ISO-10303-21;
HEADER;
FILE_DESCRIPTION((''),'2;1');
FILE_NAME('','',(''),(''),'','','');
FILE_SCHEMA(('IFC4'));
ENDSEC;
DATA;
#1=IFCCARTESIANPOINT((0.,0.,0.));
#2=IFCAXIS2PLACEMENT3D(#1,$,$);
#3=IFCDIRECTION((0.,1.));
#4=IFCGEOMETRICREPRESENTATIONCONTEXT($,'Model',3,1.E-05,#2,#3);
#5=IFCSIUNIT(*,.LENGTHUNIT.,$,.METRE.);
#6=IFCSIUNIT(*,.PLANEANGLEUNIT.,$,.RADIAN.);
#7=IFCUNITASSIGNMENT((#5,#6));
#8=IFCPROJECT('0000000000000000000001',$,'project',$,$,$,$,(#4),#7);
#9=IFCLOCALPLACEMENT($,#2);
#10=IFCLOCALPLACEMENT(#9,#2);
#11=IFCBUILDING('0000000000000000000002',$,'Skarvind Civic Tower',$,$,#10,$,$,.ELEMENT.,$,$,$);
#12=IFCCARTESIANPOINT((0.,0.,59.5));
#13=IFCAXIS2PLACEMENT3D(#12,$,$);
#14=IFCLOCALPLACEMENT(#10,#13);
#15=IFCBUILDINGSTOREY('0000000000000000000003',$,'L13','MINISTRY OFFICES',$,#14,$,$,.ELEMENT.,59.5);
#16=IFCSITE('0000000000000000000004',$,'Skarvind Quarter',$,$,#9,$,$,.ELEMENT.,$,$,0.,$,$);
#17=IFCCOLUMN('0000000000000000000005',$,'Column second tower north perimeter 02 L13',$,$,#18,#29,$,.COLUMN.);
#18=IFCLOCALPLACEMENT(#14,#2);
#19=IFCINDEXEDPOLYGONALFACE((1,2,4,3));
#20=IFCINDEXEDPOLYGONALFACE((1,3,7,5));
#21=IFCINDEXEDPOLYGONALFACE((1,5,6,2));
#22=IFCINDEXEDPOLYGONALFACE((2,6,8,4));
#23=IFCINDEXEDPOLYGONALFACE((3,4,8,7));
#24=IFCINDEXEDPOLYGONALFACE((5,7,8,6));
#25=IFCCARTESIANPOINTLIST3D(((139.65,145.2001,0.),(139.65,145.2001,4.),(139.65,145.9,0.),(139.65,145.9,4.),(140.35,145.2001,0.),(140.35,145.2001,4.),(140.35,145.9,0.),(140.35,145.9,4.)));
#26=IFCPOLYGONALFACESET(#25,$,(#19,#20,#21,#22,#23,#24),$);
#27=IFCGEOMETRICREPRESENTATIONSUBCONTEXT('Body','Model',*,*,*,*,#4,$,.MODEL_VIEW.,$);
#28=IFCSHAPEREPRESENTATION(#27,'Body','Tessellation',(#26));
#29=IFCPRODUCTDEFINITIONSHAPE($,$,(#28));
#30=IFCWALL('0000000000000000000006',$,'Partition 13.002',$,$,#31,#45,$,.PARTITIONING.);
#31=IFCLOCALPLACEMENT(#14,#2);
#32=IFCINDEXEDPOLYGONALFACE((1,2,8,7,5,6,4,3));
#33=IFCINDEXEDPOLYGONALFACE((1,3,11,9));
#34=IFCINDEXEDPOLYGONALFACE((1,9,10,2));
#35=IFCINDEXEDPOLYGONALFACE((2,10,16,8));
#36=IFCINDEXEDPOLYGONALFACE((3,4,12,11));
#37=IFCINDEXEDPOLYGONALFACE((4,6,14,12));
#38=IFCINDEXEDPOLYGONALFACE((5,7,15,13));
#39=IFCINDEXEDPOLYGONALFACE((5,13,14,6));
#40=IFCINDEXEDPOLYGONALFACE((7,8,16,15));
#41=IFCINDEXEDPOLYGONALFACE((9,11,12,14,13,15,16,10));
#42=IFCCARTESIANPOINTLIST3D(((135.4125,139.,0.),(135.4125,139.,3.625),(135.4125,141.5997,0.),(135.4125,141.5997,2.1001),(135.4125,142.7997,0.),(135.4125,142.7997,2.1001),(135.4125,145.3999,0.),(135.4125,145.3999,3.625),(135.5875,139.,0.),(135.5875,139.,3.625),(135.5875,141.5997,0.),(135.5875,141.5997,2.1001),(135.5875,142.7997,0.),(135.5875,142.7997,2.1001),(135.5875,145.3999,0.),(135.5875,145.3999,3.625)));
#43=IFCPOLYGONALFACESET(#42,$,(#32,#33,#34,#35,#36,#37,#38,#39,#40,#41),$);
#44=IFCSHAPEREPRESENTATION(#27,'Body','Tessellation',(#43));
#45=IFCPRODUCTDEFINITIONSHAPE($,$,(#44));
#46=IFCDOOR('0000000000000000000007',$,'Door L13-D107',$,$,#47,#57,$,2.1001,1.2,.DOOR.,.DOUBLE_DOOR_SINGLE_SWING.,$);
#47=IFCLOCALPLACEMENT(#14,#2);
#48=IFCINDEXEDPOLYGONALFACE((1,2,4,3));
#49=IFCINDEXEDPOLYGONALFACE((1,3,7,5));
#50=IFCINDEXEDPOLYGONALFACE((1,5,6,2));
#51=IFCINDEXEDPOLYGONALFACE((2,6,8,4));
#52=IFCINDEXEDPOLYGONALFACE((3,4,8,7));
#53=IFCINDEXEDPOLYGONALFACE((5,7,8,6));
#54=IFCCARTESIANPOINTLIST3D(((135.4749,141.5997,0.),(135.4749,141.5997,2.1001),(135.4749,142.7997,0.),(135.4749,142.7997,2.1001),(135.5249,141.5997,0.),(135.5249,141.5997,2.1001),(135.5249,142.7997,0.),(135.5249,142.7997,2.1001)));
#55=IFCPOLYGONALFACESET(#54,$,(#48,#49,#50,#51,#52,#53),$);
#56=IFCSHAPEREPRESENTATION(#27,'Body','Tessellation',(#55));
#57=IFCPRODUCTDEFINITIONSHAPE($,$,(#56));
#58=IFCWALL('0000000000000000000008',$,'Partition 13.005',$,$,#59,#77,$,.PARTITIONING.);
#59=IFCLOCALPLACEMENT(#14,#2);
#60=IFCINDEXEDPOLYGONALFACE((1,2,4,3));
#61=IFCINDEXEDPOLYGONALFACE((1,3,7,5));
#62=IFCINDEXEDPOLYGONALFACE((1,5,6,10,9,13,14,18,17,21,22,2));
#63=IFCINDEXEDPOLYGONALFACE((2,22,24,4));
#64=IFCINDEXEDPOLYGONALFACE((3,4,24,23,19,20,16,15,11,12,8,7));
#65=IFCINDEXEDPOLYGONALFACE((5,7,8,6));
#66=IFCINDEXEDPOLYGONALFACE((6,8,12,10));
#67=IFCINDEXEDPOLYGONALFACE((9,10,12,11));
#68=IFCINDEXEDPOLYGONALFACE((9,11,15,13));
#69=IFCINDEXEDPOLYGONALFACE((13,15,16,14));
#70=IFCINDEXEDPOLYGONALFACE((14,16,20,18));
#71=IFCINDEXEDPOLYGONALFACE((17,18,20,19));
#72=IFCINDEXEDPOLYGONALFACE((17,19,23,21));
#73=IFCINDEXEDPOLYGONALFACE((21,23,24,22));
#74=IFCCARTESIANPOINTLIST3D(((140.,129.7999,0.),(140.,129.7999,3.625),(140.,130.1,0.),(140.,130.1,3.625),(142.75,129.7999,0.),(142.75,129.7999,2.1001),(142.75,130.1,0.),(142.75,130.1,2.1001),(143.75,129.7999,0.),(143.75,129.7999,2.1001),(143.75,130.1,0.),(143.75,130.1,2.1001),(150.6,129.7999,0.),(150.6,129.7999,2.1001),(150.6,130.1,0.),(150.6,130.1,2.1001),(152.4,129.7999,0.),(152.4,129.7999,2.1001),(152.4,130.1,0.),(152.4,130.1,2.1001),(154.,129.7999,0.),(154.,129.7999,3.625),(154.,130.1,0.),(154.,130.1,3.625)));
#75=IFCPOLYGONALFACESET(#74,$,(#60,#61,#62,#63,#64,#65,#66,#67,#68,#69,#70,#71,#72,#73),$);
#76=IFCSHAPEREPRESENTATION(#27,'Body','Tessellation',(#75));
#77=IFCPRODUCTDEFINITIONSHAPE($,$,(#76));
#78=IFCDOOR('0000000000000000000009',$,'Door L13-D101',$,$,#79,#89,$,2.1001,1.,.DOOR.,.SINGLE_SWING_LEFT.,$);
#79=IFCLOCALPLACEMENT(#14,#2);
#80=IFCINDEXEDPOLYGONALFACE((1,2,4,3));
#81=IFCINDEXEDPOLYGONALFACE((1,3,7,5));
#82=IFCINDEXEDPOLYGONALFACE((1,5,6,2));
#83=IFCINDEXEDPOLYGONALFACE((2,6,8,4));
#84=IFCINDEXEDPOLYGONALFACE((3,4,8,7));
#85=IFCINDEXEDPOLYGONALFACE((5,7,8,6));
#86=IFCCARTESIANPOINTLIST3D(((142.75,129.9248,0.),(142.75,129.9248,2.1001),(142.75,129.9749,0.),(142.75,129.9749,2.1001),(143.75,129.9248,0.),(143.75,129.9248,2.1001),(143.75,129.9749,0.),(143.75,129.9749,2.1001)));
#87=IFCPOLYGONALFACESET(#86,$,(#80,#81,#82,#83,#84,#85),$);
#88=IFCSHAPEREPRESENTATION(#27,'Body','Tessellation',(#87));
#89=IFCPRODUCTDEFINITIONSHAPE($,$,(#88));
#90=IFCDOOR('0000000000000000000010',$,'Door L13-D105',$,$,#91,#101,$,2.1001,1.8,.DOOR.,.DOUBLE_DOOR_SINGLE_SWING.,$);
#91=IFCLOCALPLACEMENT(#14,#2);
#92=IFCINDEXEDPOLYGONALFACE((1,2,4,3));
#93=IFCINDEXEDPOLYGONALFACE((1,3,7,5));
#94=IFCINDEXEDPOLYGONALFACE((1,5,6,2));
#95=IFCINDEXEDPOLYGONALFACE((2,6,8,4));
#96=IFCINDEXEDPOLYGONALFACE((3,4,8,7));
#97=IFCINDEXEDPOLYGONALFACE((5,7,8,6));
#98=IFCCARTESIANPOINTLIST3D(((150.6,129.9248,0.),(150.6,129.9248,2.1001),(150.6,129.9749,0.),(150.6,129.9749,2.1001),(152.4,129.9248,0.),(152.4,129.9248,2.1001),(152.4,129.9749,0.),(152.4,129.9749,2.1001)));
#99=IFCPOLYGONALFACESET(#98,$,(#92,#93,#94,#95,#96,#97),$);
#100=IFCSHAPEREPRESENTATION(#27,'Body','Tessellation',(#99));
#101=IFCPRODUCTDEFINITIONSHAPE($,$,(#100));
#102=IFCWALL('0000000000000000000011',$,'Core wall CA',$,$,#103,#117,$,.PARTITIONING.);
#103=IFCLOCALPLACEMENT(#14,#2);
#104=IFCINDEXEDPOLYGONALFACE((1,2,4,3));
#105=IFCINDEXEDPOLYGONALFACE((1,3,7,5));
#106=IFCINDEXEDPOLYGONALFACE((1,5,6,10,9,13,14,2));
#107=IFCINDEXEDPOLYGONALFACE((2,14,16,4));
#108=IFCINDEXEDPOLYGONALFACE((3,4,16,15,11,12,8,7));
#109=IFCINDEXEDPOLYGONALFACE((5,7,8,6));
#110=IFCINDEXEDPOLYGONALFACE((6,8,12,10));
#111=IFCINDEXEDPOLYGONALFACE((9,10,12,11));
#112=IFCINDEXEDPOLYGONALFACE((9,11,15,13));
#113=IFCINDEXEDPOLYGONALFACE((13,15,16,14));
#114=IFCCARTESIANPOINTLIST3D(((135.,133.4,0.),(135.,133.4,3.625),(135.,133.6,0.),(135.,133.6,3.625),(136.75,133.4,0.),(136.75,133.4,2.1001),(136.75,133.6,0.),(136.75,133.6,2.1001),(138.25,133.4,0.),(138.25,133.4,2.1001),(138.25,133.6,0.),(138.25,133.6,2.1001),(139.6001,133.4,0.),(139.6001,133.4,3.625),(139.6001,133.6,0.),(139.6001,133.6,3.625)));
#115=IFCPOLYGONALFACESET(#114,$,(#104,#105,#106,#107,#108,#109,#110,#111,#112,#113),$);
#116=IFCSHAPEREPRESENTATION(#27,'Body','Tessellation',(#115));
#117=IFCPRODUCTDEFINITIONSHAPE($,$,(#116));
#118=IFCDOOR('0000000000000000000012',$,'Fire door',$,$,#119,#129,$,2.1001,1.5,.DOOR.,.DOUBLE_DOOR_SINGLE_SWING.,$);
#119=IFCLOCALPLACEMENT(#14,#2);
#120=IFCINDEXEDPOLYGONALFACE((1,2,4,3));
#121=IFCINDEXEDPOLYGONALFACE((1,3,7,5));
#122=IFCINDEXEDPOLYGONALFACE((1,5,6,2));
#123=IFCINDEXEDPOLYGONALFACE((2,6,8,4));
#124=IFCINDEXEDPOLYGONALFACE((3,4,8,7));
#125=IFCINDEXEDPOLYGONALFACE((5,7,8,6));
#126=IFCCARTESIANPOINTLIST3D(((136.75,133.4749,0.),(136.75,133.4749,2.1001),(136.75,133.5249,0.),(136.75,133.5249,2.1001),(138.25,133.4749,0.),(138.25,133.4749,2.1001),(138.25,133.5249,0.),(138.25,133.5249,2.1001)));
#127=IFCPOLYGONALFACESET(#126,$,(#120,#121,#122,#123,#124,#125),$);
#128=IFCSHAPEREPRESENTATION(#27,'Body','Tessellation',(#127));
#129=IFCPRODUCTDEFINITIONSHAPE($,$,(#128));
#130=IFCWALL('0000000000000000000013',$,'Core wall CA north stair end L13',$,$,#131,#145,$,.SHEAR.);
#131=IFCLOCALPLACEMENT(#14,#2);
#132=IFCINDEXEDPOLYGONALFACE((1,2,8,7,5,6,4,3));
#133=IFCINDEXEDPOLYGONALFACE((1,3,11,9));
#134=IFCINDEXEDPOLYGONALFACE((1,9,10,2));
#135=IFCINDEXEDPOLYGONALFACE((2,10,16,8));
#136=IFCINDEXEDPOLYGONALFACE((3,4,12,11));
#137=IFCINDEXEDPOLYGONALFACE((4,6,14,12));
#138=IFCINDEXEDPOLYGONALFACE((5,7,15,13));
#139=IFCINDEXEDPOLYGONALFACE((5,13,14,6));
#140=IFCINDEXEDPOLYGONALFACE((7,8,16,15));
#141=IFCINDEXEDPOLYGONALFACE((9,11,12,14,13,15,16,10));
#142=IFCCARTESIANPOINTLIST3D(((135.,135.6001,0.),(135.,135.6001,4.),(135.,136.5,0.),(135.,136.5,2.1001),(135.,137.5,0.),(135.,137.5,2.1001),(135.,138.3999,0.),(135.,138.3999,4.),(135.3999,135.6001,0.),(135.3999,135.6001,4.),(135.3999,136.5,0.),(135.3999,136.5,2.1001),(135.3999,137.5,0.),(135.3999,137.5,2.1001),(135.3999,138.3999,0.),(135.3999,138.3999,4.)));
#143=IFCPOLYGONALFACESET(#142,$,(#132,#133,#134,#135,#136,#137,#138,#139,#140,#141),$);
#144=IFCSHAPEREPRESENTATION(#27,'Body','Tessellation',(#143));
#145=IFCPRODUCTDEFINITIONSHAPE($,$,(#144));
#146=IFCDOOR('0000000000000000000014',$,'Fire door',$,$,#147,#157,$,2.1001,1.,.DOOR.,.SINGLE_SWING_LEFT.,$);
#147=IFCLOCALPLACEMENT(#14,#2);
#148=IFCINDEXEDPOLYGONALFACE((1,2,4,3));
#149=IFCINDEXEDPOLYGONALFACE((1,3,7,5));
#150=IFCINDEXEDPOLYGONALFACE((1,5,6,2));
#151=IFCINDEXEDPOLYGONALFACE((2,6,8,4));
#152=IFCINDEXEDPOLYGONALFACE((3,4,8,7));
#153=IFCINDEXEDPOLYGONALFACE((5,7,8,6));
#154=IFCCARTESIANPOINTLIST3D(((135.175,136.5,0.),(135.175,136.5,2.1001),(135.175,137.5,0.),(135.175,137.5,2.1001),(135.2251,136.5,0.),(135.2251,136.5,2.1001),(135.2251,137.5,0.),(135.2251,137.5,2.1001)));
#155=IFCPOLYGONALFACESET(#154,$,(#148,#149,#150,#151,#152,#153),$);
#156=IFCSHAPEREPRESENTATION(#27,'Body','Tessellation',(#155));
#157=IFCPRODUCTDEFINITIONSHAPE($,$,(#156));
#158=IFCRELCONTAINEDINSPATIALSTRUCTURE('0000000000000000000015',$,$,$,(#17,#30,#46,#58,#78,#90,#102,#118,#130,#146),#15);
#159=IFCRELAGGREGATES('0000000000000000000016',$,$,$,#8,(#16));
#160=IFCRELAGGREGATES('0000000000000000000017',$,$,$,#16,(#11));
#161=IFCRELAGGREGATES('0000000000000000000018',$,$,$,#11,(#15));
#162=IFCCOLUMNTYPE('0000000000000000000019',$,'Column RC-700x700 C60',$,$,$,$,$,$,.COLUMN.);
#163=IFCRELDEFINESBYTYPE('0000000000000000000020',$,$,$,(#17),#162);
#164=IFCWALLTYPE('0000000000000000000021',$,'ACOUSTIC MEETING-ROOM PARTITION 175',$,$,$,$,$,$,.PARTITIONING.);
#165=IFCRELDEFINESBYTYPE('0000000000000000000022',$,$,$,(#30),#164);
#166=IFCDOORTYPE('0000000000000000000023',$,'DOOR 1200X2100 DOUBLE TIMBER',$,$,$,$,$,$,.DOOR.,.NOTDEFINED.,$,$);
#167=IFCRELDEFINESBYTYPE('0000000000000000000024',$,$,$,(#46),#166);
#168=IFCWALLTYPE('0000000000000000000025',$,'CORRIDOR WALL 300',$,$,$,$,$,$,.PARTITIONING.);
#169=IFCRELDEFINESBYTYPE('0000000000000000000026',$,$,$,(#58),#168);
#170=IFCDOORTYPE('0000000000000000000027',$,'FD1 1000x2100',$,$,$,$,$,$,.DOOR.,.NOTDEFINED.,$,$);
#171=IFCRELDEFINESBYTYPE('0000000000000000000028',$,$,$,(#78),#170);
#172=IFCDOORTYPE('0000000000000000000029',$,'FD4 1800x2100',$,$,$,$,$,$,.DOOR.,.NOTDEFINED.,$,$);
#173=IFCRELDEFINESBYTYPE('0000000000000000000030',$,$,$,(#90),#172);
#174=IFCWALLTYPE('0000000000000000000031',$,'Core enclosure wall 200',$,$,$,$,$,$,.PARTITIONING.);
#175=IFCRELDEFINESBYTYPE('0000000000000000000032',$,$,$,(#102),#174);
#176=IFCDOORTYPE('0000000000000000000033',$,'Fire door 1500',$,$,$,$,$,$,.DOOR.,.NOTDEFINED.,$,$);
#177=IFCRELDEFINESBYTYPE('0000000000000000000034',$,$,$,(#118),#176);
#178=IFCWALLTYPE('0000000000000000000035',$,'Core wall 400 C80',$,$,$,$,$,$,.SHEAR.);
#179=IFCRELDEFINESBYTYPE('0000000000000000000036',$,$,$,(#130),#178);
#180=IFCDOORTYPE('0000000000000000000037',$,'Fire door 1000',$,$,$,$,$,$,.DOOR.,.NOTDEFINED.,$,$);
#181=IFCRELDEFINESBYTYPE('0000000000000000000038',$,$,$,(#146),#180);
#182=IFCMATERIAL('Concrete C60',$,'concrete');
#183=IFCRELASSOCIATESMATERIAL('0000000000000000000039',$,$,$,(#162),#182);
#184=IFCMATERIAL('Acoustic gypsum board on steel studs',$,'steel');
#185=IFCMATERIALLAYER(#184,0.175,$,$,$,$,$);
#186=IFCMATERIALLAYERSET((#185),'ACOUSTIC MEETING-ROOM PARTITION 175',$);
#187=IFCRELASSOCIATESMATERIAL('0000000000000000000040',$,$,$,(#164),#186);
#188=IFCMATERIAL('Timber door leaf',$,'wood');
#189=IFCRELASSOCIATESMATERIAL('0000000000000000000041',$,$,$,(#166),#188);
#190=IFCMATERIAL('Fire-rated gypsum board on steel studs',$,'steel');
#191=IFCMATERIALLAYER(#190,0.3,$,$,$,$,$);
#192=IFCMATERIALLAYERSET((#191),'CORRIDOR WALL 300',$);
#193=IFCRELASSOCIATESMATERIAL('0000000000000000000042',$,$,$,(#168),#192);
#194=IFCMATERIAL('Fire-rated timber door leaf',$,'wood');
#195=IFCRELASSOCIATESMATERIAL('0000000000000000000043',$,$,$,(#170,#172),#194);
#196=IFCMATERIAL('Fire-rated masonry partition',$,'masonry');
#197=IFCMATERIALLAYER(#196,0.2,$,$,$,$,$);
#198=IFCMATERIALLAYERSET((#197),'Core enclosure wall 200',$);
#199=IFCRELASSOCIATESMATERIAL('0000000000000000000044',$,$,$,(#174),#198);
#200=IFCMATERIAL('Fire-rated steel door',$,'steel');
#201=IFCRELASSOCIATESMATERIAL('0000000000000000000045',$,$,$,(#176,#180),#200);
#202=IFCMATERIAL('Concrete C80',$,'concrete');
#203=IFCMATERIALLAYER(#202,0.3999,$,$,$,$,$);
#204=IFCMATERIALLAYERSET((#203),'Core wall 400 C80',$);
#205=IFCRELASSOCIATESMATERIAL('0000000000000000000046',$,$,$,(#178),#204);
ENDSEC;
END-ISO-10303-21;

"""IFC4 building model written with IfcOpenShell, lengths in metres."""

from ifc_helpers import new_model, si_unit, direction, frame, frame_2d, origin, origin_2d, place, context, subcontext, project, spatial, rectangle, extrude, material, layer, layer_set, material_profile, profile_set, type_object, element, fill, save


model = new_model("IFC4")

# Units and contexts
model_context = context("Model", 3, precision=1e-05, world=origin(), true_north=direction((0.0, 1.0)))
body_context = subcontext(model_context, "Body", "Model", "MODEL_VIEW")
ifc_project = project(units=[si_unit("LENGTHUNIT", "METRE"), si_unit("PLANEANGLEUNIT", "RADIAN")], contexts=[model_context])

# Site, building, storey
site_placement = place(None, origin())
site = spatial("IfcSite", under=ifc_project, at=site_placement, Name="Skarvind Quarter", CompositionType="ELEMENT", RefElevation=0.0)
building_placement = place(site_placement, origin())
building = spatial("IfcBuilding", under=site, at=building_placement, Name="Skarvind Civic Tower", CompositionType="ELEMENT")
storey_placement = place(building_placement, frame((0.0, 0.0, 59.5)))
storey = spatial("IfcBuildingStorey", under=building, at=storey_placement, Name="L13", Description="MINISTRY OFFICES", CompositionType="ELEMENT", Elevation=59.5)

# Column
ifc_material_1 = material(Name="Concrete C60", Category="concrete")
ifc_material_profile = material_profile(ifc_material_1, rectangle(XDim=0.7, YDim=0.7, at=origin_2d()), Name="RC-700x700")
ifc_profile_set = profile_set([ifc_material_profile], Name="Concrete C60")
column_type = type_object("IfcColumnType", Name="Column RC-700x700 C60", PredefinedType="COLUMN", material=ifc_profile_set)
column_placement = place(storey_placement, frame((140.0, 145.55, 0.0), z_axis=(0.0, 0.0, 1.0), x_axis=(1.0, 0.0, 0.0)))
element("IfcColumn", 1, at=column_placement, inside=storey, type_object=column_type, Name="Column second tower north perimeter 02 L13", PredefinedType="COLUMN", context=body_context, shape_type="SweptSolid", body=[
    extrude(rectangle(XDim=0.7, YDim=0.7, at=origin_2d()), origin(), (0.0, 0.0, 1.0), 4.0),
])

# Wall, opening, door
ifc_material_2 = material(Name="Acoustic gypsum board on steel studs", Category="steel")
ifc_layer_1 = layer(ifc_material_2, 0.175)
ifc_layer_set_1 = layer_set([ifc_layer_1], Name="ACOUSTIC MEETING-ROOM PARTITION 175")
wall_type_1 = type_object("IfcWallType", Name="ACOUSTIC MEETING-ROOM PARTITION 175", PredefinedType="PARTITIONING", material=ifc_layer_set_1)
wall_1_placement = place(storey_placement, frame((135.5, 145.3999, 0.0), z_axis=(0.0, 0.0, 1.0), x_axis=(0.0, -1.0, 0.0)))
wall_1 = element("IfcWall", 2, at=wall_1_placement, inside=storey, type_object=wall_type_1, Name="Partition 13.002", PredefinedType="PARTITIONING", context=body_context, shape_type="SweptSolid", body=[
    extrude(rectangle(XDim=6.3999, YDim=0.175, at=frame_2d((3.2, 0.0))), origin(), (0.0, 0.0, 1.0), 3.625),
])
opening_1_placement = place(wall_1_placement, frame((2.6001, 0.0, 0.0)))
opening_1 = element("IfcOpeningElement", 3, at=opening_1_placement, cuts=wall_1, PredefinedType="OPENING", context=body_context, shape_type="SweptSolid", body=[
    extrude(rectangle(XDim=1.2, YDim=2.1001, at=frame_2d((0.6001, 1.05))), frame((0.0, 0.0974, 0.0), z_axis=(0.0, -1.0, 0.0), x_axis=(1.0, 0.0, 0.0)), (0.0, 0.0, 1.0), 0.1951),
])
ifc_material_3 = material(Name="Timber door leaf", Category="wood")
door_type_1 = type_object("IfcDoorType", Name="DOOR 1200X2100 DOUBLE TIMBER", OperationType="NOTDEFINED", PredefinedType="DOOR", material=ifc_material_3)
door_1_placement = place(opening_1_placement, origin())
door_1 = element("IfcDoor", 4, at=door_1_placement, inside=storey, type_object=door_type_1, Name="Door L13-D107", OperationType="DOUBLE_DOOR_SINGLE_SWING", OverallHeight=2.1001, OverallWidth=1.2, PredefinedType="DOOR", context=body_context, shape_type="SweptSolid", body=[
    extrude(rectangle(XDim=1.2, YDim=2.1001, at=frame_2d((0.6001, 1.05))), frame((0.0, 0.0249, 0.0), z_axis=(0.0, -1.0, 0.0), x_axis=(1.0, 0.0, 0.0)), (0.0, 0.0, 1.0), 0.05),
])
fill(opening_1, door_1)

# Wall, openings, doors
ifc_material_4 = material(Name="Fire-rated gypsum board on steel studs", Category="steel")
ifc_layer_2 = layer(ifc_material_4, 0.3)
ifc_layer_set_2 = layer_set([ifc_layer_2], Name="CORRIDOR WALL 300")
wall_type_2 = type_object("IfcWallType", Name="CORRIDOR WALL 300", PredefinedType="PARTITIONING", material=ifc_layer_set_2)
wall_2_placement = place(storey_placement, frame((140.0, 129.95, 0.0), z_axis=(0.0, 0.0, 1.0), x_axis=(1.0, 0.0, 0.0)))
wall_2 = element("IfcWall", 5, at=wall_2_placement, inside=storey, type_object=wall_type_2, Name="Partition 13.005", PredefinedType="PARTITIONING", context=body_context, shape_type="SweptSolid", body=[
    extrude(rectangle(XDim=14.0, YDim=0.3, at=frame_2d((7.0, 0.0))), origin(), (0.0, 0.0, 1.0), 3.625),
])
opening_2_placement = place(wall_2_placement, frame((2.75, 0.0, 0.0)))
opening_2 = element("IfcOpeningElement", 6, at=opening_2_placement, cuts=wall_2, PredefinedType="OPENING", context=body_context, shape_type="SweptSolid", body=[
    extrude(rectangle(XDim=1.0, YDim=2.1001, at=frame_2d((0.5, 1.05))), frame((0.0, 0.1599, 0.0), z_axis=(0.0, -1.0, 0.0), x_axis=(1.0, 0.0, 0.0)), (0.0, 0.0, 1.0), 0.3201),
])
opening_3_placement = place(wall_2_placement, frame((10.6001, 0.0, 0.0)))
opening_3 = element("IfcOpeningElement", 7, at=opening_3_placement, cuts=wall_2, PredefinedType="OPENING", context=body_context, shape_type="SweptSolid", body=[
    extrude(rectangle(XDim=1.8, YDim=2.1001, at=frame_2d((0.8999, 1.05))), frame((0.0, 0.1599, 0.0), z_axis=(0.0, -1.0, 0.0), x_axis=(1.0, 0.0, 0.0)), (0.0, 0.0, 1.0), 0.3201),
])
ifc_material_5 = material(Name="Fire-rated timber door leaf", Category="wood")
door_type_2 = type_object("IfcDoorType", Name="FD1 1000x2100", OperationType="NOTDEFINED", PredefinedType="DOOR", material=ifc_material_5)
door_2_placement = place(opening_2_placement, origin())
door_2 = element("IfcDoor", 8, at=door_2_placement, inside=storey, type_object=door_type_2, Name="Door L13-D101", OperationType="SINGLE_SWING_LEFT", OverallHeight=2.1001, OverallWidth=1.0, PredefinedType="DOOR", context=body_context, shape_type="SweptSolid", body=[
    extrude(rectangle(XDim=1.0, YDim=2.1001, at=frame_2d((0.5, 1.05))), frame((0.0, 0.0249, 0.0), z_axis=(0.0, -1.0, 0.0), x_axis=(1.0, 0.0, 0.0)), (0.0, 0.0, 1.0), 0.05),
])
fill(opening_2, door_2)
door_type_3 = type_object("IfcDoorType", Name="FD4 1800x2100", OperationType="NOTDEFINED", PredefinedType="DOOR", material=ifc_material_5)
door_3_placement = place(opening_3_placement, origin())
door_3 = element("IfcDoor", 9, at=door_3_placement, inside=storey, type_object=door_type_3, Name="Door L13-D105", OperationType="DOUBLE_DOOR_SINGLE_SWING", OverallHeight=2.1001, OverallWidth=1.8, PredefinedType="DOOR", context=body_context, shape_type="SweptSolid", body=[
    extrude(rectangle(XDim=1.8, YDim=2.1001, at=frame_2d((0.8999, 1.05))), frame((0.0, 0.0249, 0.0), z_axis=(0.0, -1.0, 0.0), x_axis=(1.0, 0.0, 0.0)), (0.0, 0.0, 1.0), 0.05),
])
fill(opening_3, door_3)

# Walls, openings, doors
ifc_material_6 = material(Name="Fire-rated masonry partition", Category="masonry")
ifc_layer_3 = layer(ifc_material_6, 0.2)
ifc_layer_set_3 = layer_set([ifc_layer_3], Name="Core enclosure wall 200")
wall_type_3 = type_object("IfcWallType", Name="Core enclosure wall 200", PredefinedType="PARTITIONING", material=ifc_layer_set_3)
wall_3_placement = place(storey_placement, frame((135.0, 133.5, 0.0), z_axis=(0.0, 0.0, 1.0), x_axis=(1.0, 0.0, 0.0)))
wall_3 = element("IfcWall", 10, at=wall_3_placement, inside=storey, type_object=wall_type_3, Name="Core wall CA", PredefinedType="PARTITIONING", context=body_context, shape_type="SweptSolid", body=[
    extrude(rectangle(XDim=4.6001, YDim=0.2, at=frame_2d((2.3, 0.0))), origin(), (0.0, 0.0, 1.0), 3.625),
])
opening_4_placement = place(wall_3_placement, frame((1.75, 0.0, 0.0)))
opening_4 = element("IfcOpeningElement", 11, at=opening_4_placement, cuts=wall_3, PredefinedType="OPENING", context=body_context, shape_type="SweptSolid", body=[
    extrude(rectangle(XDim=1.5, YDim=2.1001, at=frame_2d((0.75, 1.05))), frame((0.0, 0.1099, 0.0), z_axis=(0.0, -1.0, 0.0), x_axis=(1.0, 0.0, 0.0)), (0.0, 0.0, 1.0), 0.22),
])
ifc_material_7 = material(Name="Fire-rated steel door", Category="steel")
door_type_4 = type_object("IfcDoorType", Name="Fire door 1500", OperationType="NOTDEFINED", PredefinedType="DOOR", material=ifc_material_7)
door_4_placement = place(opening_4_placement, origin())
door_4 = element("IfcDoor", 12, at=door_4_placement, inside=storey, type_object=door_type_4, Name="Fire door", OperationType="DOUBLE_DOOR_SINGLE_SWING", OverallHeight=2.1001, OverallWidth=1.5, PredefinedType="DOOR", context=body_context, shape_type="SweptSolid", body=[
    extrude(rectangle(XDim=1.5, YDim=2.1001, at=frame_2d((0.75, 1.05))), frame((0.0, 0.0249, 0.0), z_axis=(0.0, -1.0, 0.0), x_axis=(1.0, 0.0, 0.0)), (0.0, 0.0, 1.0), 0.05),
])
fill(opening_4, door_4)
ifc_material_8 = material(Name="Concrete C80", Category="concrete")
ifc_layer_4 = layer(ifc_material_8, 0.3999)
ifc_layer_set_4 = layer_set([ifc_layer_4], Name="Core wall 400 C80")
wall_type_4 = type_object("IfcWallType", Name="Core wall 400 C80", PredefinedType="SHEAR", material=ifc_layer_set_4)
wall_4_placement = place(storey_placement, frame((135.2, 135.6001, 0.0), z_axis=(0.0, 0.0, 1.0), x_axis=(0.0, 1.0, 0.0)))
wall_4 = element("IfcWall", 13, at=wall_4_placement, inside=storey, type_object=wall_type_4, Name="Core wall CA north stair end L13", PredefinedType="SHEAR", context=body_context, shape_type="SweptSolid", body=[
    extrude(rectangle(XDim=2.7998, YDim=0.3999, at=frame_2d((1.3999, 0.0))), origin(), (0.0, 0.0, 1.0), 4.0),
])
opening_5_placement = place(wall_4_placement, frame((0.8999, 0.0, 0.0)))
opening_5 = element("IfcOpeningElement", 14, at=opening_5_placement, cuts=wall_4, PredefinedType="OPENING", context=body_context, shape_type="SweptSolid", body=[
    extrude(rectangle(XDim=1.0, YDim=2.1001, at=frame_2d((0.5, 1.05))), frame((0.0, 0.21, 0.0), z_axis=(0.0, -1.0, 0.0), x_axis=(1.0, 0.0, 0.0)), (0.0, 0.0, 1.0), 0.4199),
])
door_type_5 = type_object("IfcDoorType", Name="Fire door 1000", OperationType="NOTDEFINED", PredefinedType="DOOR", material=ifc_material_7)
door_5_placement = place(opening_5_placement, origin())
door_5 = element("IfcDoor", 15, at=door_5_placement, inside=storey, type_object=door_type_5, Name="Fire door", OperationType="SINGLE_SWING_LEFT", OverallHeight=2.1001, OverallWidth=1.0, PredefinedType="DOOR", context=body_context, shape_type="SweptSolid", body=[
    extrude(rectangle(XDim=1.0, YDim=2.1001, at=frame_2d((0.5, 1.05))), frame((0.0, 0.0249, 0.0), z_axis=(0.0, -1.0, 0.0), x_axis=(1.0, 0.0, 0.0)), (0.0, 0.0, 1.0), 0.05),
])
fill(opening_5, door_5)

save(model, "model.ifc")
